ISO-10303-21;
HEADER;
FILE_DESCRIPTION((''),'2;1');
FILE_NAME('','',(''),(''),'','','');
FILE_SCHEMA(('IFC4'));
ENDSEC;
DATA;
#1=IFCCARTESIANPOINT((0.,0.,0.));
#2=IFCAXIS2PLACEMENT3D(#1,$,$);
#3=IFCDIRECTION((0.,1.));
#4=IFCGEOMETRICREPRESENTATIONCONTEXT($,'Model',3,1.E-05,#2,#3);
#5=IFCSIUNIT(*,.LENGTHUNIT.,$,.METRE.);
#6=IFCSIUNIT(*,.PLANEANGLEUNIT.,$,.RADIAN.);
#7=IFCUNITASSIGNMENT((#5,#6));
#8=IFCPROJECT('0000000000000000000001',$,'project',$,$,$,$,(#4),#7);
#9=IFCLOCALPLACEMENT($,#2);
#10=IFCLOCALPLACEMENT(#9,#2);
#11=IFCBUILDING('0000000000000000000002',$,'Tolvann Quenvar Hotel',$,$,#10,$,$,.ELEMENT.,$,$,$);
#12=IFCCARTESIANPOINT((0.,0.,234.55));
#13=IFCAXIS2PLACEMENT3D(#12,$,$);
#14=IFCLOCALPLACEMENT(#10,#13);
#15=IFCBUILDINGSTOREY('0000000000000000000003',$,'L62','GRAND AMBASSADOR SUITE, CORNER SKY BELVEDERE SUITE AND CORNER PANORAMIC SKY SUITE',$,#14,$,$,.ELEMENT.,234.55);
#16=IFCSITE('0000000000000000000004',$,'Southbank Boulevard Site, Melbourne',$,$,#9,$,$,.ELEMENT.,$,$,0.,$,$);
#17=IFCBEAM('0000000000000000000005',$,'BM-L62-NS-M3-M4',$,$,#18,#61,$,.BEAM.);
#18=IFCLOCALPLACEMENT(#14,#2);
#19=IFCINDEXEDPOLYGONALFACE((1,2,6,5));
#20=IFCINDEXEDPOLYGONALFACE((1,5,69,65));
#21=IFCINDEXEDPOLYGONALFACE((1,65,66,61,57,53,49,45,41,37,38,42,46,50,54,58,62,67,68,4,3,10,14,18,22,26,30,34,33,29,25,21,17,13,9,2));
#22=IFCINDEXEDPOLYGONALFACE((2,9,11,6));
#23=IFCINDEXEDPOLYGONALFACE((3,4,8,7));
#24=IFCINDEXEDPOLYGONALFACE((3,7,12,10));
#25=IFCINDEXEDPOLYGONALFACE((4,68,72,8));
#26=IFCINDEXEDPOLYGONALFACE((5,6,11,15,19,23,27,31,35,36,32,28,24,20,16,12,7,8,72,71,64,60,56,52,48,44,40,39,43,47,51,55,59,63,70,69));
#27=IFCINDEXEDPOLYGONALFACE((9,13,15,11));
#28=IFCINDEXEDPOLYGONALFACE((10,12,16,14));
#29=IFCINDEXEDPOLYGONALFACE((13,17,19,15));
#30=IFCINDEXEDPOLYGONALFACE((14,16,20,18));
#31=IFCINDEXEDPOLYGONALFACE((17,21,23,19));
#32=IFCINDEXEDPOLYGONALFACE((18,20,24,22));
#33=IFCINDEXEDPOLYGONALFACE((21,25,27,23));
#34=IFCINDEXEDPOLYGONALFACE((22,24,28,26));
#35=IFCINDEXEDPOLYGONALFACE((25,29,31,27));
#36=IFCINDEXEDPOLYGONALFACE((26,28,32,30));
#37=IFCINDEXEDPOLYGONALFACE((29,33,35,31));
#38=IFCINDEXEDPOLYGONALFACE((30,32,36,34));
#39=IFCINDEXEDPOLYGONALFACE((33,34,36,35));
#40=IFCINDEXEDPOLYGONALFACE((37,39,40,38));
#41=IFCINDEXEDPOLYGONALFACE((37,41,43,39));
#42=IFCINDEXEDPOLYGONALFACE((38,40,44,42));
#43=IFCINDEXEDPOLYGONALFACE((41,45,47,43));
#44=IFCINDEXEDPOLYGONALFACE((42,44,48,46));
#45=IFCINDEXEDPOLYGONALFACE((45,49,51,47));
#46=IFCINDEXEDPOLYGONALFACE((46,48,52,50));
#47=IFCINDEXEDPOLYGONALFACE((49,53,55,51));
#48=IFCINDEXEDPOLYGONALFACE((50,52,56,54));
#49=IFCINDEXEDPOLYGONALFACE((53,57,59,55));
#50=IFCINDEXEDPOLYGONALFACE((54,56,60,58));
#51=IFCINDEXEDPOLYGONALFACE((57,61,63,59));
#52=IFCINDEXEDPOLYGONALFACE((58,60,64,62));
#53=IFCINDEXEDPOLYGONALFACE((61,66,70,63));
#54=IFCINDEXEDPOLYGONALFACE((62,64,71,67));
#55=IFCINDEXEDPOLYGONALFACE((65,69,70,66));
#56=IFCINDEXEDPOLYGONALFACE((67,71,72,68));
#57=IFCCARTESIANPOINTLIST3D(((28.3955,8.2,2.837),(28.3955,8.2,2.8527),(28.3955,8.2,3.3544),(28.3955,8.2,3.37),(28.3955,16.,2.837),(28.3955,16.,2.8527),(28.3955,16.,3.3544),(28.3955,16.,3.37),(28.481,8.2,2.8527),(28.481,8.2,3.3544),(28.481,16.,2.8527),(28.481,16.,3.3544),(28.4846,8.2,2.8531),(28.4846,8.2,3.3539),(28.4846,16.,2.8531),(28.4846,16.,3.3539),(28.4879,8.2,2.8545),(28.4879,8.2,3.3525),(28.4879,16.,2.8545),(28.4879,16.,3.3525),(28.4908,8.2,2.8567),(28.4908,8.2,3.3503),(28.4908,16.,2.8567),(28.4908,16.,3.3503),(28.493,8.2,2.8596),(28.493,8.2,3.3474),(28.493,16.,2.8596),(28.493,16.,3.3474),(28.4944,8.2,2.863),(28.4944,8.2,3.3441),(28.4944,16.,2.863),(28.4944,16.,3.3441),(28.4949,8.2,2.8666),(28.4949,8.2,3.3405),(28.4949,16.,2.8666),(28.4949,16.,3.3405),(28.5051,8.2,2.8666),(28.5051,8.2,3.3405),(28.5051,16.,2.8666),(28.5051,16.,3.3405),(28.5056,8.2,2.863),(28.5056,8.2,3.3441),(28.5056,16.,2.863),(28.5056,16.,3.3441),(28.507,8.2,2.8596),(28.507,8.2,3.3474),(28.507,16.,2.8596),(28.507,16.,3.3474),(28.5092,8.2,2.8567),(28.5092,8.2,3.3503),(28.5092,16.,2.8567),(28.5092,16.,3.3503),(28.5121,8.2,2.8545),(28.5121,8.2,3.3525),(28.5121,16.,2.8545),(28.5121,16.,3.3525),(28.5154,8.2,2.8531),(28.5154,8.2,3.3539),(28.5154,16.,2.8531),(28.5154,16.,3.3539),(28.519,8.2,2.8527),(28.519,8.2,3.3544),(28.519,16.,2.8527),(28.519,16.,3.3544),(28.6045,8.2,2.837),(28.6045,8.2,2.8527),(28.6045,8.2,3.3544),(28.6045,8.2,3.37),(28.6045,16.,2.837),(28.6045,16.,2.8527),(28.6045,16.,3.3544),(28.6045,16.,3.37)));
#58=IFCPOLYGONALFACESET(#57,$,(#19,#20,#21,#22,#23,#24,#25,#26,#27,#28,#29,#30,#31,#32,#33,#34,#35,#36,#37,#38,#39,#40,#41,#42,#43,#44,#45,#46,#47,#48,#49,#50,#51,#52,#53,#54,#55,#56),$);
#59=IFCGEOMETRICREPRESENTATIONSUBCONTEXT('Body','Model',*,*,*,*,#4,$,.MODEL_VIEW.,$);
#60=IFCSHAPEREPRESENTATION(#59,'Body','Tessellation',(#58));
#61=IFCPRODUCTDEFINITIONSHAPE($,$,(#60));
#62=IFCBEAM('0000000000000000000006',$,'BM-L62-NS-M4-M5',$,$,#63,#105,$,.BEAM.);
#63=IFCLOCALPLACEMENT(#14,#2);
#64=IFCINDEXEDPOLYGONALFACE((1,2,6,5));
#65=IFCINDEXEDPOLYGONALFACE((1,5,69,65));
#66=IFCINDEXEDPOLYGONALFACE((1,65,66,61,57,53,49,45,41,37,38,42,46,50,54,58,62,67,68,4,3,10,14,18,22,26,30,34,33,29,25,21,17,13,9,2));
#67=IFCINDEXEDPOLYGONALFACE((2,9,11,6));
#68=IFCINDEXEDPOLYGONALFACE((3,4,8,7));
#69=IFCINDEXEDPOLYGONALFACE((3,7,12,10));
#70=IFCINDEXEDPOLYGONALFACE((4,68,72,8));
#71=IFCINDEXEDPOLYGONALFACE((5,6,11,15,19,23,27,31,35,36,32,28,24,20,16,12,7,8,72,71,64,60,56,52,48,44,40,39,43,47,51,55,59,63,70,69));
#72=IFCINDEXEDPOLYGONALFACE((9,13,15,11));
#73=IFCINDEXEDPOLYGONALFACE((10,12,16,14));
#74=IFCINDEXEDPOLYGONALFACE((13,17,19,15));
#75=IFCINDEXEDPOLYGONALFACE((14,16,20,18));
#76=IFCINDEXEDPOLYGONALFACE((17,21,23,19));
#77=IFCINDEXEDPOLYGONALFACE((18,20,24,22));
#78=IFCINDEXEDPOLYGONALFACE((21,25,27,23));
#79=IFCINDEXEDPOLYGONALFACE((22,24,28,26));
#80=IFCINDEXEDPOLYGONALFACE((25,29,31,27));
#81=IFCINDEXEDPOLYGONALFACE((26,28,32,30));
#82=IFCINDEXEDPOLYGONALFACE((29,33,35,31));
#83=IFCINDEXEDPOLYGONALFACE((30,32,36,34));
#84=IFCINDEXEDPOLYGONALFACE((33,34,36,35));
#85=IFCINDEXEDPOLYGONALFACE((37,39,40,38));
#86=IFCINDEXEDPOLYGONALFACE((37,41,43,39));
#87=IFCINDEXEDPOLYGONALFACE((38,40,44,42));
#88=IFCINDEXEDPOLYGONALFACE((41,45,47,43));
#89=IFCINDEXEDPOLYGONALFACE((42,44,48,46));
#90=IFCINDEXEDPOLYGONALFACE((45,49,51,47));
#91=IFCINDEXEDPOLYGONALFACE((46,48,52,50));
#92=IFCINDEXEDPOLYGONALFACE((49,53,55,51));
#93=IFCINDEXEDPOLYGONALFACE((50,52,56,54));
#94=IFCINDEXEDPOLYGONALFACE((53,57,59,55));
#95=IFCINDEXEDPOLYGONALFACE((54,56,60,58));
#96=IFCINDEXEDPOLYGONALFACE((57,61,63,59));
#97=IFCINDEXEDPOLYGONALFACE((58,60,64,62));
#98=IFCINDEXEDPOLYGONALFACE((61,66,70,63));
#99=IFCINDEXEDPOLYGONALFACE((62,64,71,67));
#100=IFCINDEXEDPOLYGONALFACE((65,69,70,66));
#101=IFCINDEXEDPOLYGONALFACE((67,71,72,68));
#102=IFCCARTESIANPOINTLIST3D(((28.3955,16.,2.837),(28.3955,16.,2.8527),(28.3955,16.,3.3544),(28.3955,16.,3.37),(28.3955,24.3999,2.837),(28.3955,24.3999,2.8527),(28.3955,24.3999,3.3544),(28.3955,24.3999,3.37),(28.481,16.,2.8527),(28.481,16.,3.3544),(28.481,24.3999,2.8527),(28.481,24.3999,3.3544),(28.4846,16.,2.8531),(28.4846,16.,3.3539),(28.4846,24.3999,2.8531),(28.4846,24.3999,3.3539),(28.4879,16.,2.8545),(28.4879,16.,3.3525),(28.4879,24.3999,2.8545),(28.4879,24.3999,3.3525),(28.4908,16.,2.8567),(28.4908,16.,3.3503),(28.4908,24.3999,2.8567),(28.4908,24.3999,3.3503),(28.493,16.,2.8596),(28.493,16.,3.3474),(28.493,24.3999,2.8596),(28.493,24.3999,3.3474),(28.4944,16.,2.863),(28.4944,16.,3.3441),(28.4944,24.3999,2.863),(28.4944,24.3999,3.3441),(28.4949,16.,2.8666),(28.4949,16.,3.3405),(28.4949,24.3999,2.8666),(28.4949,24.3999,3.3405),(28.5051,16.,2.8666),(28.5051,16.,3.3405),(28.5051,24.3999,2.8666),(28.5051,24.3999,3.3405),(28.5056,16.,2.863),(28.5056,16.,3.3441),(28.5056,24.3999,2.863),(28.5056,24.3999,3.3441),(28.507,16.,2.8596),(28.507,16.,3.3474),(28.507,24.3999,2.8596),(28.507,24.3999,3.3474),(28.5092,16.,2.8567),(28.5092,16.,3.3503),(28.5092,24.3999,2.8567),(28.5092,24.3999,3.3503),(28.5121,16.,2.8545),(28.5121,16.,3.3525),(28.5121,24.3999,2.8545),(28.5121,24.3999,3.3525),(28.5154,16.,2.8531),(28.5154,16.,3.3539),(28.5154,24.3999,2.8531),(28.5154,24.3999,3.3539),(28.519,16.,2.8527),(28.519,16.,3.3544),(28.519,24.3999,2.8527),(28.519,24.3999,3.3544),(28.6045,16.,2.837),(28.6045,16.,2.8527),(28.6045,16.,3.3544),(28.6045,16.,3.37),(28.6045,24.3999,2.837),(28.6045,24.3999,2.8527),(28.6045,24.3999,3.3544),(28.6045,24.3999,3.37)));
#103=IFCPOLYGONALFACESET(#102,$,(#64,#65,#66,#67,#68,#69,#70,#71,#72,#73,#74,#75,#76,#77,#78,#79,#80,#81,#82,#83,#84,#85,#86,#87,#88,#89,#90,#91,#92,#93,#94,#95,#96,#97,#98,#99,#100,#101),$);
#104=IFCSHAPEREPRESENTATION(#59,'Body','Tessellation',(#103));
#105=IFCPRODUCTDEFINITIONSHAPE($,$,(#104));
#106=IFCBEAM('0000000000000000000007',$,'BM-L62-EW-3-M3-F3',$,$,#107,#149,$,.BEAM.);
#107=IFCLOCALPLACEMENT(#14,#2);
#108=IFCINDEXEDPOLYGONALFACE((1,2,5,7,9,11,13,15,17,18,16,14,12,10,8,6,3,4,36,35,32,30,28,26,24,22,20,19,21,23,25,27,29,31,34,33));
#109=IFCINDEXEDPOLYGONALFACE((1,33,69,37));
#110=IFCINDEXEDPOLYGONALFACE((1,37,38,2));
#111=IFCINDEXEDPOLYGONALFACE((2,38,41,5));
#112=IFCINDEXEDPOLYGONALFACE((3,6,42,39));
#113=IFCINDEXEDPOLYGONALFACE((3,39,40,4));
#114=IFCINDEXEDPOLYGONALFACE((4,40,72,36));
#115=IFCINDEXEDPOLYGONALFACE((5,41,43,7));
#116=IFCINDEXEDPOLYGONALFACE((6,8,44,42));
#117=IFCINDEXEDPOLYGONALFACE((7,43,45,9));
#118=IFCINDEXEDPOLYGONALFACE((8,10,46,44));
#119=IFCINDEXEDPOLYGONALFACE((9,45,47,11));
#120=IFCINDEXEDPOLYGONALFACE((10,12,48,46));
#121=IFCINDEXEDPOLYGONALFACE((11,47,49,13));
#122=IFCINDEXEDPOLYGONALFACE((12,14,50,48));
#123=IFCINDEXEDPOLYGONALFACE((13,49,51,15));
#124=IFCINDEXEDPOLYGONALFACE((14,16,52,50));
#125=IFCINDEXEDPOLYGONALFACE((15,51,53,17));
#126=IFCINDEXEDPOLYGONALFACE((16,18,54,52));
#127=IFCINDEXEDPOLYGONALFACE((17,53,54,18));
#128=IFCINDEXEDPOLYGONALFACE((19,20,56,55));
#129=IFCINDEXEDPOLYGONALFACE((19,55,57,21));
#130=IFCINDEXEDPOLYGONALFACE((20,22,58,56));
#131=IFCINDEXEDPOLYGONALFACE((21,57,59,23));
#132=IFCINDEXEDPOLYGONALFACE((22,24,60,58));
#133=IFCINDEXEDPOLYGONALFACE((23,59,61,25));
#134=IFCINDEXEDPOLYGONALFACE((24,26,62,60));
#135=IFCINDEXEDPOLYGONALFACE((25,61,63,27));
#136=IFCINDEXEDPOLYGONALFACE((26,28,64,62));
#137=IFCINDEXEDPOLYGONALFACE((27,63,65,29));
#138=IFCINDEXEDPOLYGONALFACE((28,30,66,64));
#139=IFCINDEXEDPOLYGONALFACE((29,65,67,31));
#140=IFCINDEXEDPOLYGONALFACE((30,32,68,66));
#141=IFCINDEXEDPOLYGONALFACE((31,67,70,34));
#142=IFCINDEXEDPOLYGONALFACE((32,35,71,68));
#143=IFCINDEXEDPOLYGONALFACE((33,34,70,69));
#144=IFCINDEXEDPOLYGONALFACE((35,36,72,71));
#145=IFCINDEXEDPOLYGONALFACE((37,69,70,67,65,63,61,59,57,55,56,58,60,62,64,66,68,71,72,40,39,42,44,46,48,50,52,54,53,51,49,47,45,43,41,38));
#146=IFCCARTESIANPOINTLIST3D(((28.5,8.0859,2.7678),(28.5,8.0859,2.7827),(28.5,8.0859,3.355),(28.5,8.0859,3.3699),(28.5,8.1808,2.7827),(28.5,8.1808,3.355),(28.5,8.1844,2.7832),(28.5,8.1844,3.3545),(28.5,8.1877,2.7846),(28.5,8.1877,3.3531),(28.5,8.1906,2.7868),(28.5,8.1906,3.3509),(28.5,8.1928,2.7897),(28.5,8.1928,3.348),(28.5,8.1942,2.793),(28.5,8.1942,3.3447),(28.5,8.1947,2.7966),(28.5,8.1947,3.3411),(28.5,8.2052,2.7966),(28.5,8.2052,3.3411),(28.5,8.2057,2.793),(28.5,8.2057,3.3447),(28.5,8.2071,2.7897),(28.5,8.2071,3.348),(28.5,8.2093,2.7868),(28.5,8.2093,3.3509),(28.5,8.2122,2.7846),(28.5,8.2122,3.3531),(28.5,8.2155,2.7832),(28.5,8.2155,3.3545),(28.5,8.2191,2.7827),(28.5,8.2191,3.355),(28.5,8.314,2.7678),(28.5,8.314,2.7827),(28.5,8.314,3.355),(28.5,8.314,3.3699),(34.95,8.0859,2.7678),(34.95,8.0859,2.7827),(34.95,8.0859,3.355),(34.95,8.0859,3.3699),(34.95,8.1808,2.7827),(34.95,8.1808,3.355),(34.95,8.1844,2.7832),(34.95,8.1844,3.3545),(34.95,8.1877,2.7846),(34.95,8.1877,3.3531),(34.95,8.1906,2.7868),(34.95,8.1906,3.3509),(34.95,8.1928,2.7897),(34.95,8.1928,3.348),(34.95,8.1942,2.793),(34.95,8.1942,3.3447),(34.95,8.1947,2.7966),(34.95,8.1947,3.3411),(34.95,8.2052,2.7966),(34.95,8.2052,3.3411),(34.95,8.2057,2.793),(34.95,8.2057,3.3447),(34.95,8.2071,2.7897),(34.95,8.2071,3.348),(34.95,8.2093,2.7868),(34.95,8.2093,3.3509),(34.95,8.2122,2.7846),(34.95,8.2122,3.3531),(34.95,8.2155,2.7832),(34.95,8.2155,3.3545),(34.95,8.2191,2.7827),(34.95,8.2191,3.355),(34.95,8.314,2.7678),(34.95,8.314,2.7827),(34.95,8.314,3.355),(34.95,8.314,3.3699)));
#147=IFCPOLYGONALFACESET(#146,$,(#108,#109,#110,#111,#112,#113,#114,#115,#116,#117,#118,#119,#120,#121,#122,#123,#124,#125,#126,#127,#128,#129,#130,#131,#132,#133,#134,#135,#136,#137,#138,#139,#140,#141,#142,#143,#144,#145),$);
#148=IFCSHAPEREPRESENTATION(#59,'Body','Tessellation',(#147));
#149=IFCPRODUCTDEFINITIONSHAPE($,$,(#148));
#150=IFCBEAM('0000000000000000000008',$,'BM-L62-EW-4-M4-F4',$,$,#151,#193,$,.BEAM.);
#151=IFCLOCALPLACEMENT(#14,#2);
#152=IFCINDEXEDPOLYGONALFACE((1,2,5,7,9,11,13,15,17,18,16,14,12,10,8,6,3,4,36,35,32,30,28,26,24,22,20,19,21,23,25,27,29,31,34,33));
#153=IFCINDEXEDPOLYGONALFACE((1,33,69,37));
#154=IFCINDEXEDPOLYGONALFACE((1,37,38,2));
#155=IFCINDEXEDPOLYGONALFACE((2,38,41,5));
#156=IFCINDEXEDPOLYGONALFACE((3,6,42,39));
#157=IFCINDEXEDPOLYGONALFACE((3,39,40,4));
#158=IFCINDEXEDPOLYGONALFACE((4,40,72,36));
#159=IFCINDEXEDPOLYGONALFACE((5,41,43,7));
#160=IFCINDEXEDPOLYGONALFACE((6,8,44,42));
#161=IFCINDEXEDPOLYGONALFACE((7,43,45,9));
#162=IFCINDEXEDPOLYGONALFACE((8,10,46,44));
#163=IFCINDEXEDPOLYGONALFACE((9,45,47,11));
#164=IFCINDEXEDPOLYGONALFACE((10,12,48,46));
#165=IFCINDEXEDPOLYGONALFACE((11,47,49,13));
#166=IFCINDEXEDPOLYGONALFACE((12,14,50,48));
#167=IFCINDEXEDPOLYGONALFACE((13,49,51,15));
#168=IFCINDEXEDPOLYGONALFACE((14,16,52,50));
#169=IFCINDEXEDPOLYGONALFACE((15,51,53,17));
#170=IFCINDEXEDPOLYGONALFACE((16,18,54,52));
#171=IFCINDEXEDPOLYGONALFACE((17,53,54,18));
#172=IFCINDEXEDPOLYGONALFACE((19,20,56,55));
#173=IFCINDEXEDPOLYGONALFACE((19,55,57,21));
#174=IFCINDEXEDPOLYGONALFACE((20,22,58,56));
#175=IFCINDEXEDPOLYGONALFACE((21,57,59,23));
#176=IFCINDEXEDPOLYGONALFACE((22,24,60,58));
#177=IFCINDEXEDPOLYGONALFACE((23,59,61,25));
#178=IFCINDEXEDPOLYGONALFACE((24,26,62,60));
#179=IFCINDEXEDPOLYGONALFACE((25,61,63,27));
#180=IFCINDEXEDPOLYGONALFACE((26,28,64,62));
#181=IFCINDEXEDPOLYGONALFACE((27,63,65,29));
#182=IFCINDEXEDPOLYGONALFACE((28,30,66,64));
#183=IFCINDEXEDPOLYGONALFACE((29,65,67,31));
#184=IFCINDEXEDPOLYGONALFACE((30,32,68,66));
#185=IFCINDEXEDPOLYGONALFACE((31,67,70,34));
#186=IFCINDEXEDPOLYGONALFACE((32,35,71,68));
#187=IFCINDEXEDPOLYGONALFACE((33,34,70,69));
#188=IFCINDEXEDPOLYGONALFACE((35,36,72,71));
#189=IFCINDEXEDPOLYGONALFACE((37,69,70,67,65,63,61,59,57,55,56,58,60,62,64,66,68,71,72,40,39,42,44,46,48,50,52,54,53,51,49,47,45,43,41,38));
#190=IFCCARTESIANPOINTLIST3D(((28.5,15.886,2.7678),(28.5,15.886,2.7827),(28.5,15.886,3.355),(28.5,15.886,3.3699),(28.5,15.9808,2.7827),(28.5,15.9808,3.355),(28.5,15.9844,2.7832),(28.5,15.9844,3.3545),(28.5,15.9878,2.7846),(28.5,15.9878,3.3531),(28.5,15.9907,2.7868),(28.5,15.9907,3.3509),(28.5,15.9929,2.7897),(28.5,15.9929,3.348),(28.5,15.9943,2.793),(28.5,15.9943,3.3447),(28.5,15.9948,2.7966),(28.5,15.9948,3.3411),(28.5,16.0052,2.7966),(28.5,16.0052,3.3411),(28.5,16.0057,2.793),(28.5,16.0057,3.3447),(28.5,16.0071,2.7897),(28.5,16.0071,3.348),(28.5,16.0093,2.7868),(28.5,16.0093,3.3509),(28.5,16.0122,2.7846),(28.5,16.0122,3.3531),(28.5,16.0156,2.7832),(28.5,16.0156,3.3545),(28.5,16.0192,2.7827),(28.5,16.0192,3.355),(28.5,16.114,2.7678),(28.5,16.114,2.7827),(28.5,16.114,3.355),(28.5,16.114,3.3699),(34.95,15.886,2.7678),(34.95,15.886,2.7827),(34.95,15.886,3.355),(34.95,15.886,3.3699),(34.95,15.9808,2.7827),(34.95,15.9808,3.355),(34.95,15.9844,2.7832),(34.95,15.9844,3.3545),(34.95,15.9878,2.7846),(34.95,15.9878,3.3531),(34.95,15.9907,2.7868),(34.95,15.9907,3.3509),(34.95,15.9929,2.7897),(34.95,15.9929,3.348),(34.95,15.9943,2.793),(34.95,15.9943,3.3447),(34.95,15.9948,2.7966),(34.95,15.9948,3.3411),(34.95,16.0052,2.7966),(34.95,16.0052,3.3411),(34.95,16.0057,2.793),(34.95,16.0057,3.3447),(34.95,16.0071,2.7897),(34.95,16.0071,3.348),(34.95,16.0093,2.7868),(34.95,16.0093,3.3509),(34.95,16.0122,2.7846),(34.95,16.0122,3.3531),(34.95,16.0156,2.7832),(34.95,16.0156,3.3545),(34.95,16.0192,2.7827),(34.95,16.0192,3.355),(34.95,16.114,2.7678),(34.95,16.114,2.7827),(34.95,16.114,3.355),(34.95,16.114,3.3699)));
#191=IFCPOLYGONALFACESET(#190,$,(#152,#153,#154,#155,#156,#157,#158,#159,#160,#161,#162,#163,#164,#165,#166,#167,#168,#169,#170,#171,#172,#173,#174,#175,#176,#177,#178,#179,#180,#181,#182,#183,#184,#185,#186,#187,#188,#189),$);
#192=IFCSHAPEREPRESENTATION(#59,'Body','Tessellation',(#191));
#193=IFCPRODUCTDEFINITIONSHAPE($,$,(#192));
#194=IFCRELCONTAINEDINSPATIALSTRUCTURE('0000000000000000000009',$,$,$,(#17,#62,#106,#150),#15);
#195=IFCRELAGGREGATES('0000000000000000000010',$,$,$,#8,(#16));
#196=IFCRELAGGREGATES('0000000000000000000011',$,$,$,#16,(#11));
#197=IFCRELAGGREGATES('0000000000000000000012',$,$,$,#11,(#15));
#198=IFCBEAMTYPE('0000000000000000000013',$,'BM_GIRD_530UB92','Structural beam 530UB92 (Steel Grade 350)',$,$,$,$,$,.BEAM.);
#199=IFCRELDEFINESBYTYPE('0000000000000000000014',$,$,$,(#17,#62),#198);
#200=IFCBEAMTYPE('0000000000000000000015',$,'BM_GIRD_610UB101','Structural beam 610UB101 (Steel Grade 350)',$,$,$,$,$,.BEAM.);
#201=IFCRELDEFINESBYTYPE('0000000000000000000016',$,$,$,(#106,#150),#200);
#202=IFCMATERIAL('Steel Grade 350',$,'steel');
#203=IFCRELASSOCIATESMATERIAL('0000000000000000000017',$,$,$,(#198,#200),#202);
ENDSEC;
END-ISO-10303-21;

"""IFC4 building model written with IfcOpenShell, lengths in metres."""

from ifc_helpers import new_model, si_unit, direction, frame, origin, origin_2d, place, context, subcontext, project, spatial, i_section, extrude, source, transform, mapped, material, material_profile, profile_set, type_object, type_shapes, element, save


model = new_model("IFC4")

# Units and contexts
model_context = context("Model", 3, precision=1e-05, world=origin(), true_north=direction((0.0, 1.0)))
body_context = subcontext(model_context, "Body", "Model", "MODEL_VIEW")
ifc_project = project(units=[si_unit("LENGTHUNIT", "METRE"), si_unit("PLANEANGLEUNIT", "RADIAN")], contexts=[model_context])

# Site, building, storey
site_placement = place(None, origin())
site = spatial("IfcSite", under=ifc_project, at=site_placement, Name="Southbank Boulevard Site, Melbourne", CompositionType="ELEMENT", RefElevation=0.0)
building_placement = place(site_placement, origin())
building = spatial("IfcBuilding", under=site, at=building_placement, Name="Tolvann Quenvar Hotel", CompositionType="ELEMENT")
storey_placement = place(building_placement, frame((0.0, 0.0, 234.55)))
storey = spatial("IfcBuildingStorey", under=building, at=storey_placement, Name="L62", Description="GRAND AMBASSADOR SUITE, CORNER SKY BELVEDERE SUITE AND CORNER PANORAMIC SKY SUITE", CompositionType="ELEMENT", Elevation=234.55)

# Shared definitions
ifc_material_1 = material(Name="Steel Grade 350", Category="steel")

# Beams
ifc_material_profile_1 = material_profile(ifc_material_1, i_section(OverallWidth=0.209, OverallDepth=0.533, WebThickness=0.0103, FlangeThickness=0.0156, FilletRadius=0.0139, at=origin_2d()), Name="530UB92")
ifc_profile_set_1 = profile_set([ifc_material_profile_1], Name="Steel Grade 350")
beam_type_1 = type_object("IfcBeamType", Name="BM_GIRD_530UB92", Description="Structural beam 530UB92 (Steel Grade 350)", PredefinedType="BEAM", material=ifc_profile_set_1)
shared_shape_1 = source(origin(), body_context, "Body", "SweptSolid", [
    extrude(i_section(OverallWidth=0.209, OverallDepth=0.533, WebThickness=0.0103, FlangeThickness=0.0156, FilletRadius=0.0139, at=origin_2d()), origin(), (0.0, 0.0, 1.0), 7.8),
])
beam_1_placement = place(storey_placement, frame((28.5, 8.2, 3.1035), z_axis=(0.0, 1.0, 0.0), x_axis=(-1.0, 0.0, 0.0)))
element("IfcBeam", 1, at=beam_1_placement, inside=storey, type_object=beam_type_1, Name="BM-L62-NS-M3-M4", PredefinedType="BEAM", context=body_context, shape_type="MappedRepresentation", body=[
    mapped(shared_shape_1, transform((0.0, 0.0, 0.0), x_axis=(1.0, 0.0, 0.0), y_axis=(0.0, 1.0, 0.0), z_axis=(0.0, 0.0, 1.0), scale=1.0)),
])
shared_shape_2 = source(origin(), body_context, "Body", "SweptSolid", [
    extrude(i_section(OverallWidth=0.209, OverallDepth=0.533, WebThickness=0.0103, FlangeThickness=0.0156, FilletRadius=0.0139, at=origin_2d()), origin(), (0.0, 0.0, 1.0), 8.3999),
])
beam_2_placement = place(storey_placement, frame((28.5, 16.0, 3.1035), z_axis=(0.0, 1.0, 0.0), x_axis=(-1.0, 0.0, 0.0)))
element("IfcBeam", 2, at=beam_2_placement, inside=storey, type_object=beam_type_1, Name="BM-L62-NS-M4-M5", PredefinedType="BEAM", context=body_context, shape_type="MappedRepresentation", body=[
    mapped(shared_shape_2, transform((0.0, 0.0, 0.0), x_axis=(1.0, 0.0, 0.0), y_axis=(0.0, 1.0, 0.0), z_axis=(0.0, 0.0, 1.0), scale=1.0)),
])
ifc_material_profile_2 = material_profile(ifc_material_1, i_section(OverallWidth=0.228, OverallDepth=0.6021, WebThickness=0.0105, FlangeThickness=0.0149, FilletRadius=0.0139, at=origin_2d()), Name="610UB101")
ifc_profile_set_2 = profile_set([ifc_material_profile_2], Name="Steel Grade 350")
beam_type_2 = type_object("IfcBeamType", Name="BM_GIRD_610UB101", Description="Structural beam 610UB101 (Steel Grade 350)", PredefinedType="BEAM", material=ifc_profile_set_2)
shared_shape_3 = source(origin(), body_context, "Body", "SweptSolid", [
    extrude(i_section(OverallWidth=0.228, OverallDepth=0.6021, WebThickness=0.0105, FlangeThickness=0.0149, FilletRadius=0.0139, at=origin_2d()), origin(), (0.0, 0.0, 1.0), 6.45),
])
type_shapes(beam_type_2, [shared_shape_3])
for number, where, z_axis, x_axis, name in (
    (3, (28.5, 8.2, 3.0688), (1.0, 0.0, 0.0), (0.0, 1.0, 0.0), "BM-L62-EW-3-M3-F3"),
    (4, (28.5, 16.0, 3.0688), (1.0, 0.0, 0.0), (0.0, 1.0, 0.0), "BM-L62-EW-4-M4-F4"),
):
    element("IfcBeam", number, at=place(storey_placement, frame(where, z_axis=z_axis, x_axis=x_axis)), inside=storey, type_object=beam_type_2, Name=name, PredefinedType="BEAM", context=body_context, shape_type="MappedRepresentation", body=[
        mapped(shared_shape_3, transform((0.0, 0.0, 0.0), x_axis=(1.0, 0.0, 0.0), y_axis=(0.0, 1.0, 0.0), z_axis=(0.0, 0.0, 1.0), scale=1.0)),
    ])

save(model, "model.ifc")
